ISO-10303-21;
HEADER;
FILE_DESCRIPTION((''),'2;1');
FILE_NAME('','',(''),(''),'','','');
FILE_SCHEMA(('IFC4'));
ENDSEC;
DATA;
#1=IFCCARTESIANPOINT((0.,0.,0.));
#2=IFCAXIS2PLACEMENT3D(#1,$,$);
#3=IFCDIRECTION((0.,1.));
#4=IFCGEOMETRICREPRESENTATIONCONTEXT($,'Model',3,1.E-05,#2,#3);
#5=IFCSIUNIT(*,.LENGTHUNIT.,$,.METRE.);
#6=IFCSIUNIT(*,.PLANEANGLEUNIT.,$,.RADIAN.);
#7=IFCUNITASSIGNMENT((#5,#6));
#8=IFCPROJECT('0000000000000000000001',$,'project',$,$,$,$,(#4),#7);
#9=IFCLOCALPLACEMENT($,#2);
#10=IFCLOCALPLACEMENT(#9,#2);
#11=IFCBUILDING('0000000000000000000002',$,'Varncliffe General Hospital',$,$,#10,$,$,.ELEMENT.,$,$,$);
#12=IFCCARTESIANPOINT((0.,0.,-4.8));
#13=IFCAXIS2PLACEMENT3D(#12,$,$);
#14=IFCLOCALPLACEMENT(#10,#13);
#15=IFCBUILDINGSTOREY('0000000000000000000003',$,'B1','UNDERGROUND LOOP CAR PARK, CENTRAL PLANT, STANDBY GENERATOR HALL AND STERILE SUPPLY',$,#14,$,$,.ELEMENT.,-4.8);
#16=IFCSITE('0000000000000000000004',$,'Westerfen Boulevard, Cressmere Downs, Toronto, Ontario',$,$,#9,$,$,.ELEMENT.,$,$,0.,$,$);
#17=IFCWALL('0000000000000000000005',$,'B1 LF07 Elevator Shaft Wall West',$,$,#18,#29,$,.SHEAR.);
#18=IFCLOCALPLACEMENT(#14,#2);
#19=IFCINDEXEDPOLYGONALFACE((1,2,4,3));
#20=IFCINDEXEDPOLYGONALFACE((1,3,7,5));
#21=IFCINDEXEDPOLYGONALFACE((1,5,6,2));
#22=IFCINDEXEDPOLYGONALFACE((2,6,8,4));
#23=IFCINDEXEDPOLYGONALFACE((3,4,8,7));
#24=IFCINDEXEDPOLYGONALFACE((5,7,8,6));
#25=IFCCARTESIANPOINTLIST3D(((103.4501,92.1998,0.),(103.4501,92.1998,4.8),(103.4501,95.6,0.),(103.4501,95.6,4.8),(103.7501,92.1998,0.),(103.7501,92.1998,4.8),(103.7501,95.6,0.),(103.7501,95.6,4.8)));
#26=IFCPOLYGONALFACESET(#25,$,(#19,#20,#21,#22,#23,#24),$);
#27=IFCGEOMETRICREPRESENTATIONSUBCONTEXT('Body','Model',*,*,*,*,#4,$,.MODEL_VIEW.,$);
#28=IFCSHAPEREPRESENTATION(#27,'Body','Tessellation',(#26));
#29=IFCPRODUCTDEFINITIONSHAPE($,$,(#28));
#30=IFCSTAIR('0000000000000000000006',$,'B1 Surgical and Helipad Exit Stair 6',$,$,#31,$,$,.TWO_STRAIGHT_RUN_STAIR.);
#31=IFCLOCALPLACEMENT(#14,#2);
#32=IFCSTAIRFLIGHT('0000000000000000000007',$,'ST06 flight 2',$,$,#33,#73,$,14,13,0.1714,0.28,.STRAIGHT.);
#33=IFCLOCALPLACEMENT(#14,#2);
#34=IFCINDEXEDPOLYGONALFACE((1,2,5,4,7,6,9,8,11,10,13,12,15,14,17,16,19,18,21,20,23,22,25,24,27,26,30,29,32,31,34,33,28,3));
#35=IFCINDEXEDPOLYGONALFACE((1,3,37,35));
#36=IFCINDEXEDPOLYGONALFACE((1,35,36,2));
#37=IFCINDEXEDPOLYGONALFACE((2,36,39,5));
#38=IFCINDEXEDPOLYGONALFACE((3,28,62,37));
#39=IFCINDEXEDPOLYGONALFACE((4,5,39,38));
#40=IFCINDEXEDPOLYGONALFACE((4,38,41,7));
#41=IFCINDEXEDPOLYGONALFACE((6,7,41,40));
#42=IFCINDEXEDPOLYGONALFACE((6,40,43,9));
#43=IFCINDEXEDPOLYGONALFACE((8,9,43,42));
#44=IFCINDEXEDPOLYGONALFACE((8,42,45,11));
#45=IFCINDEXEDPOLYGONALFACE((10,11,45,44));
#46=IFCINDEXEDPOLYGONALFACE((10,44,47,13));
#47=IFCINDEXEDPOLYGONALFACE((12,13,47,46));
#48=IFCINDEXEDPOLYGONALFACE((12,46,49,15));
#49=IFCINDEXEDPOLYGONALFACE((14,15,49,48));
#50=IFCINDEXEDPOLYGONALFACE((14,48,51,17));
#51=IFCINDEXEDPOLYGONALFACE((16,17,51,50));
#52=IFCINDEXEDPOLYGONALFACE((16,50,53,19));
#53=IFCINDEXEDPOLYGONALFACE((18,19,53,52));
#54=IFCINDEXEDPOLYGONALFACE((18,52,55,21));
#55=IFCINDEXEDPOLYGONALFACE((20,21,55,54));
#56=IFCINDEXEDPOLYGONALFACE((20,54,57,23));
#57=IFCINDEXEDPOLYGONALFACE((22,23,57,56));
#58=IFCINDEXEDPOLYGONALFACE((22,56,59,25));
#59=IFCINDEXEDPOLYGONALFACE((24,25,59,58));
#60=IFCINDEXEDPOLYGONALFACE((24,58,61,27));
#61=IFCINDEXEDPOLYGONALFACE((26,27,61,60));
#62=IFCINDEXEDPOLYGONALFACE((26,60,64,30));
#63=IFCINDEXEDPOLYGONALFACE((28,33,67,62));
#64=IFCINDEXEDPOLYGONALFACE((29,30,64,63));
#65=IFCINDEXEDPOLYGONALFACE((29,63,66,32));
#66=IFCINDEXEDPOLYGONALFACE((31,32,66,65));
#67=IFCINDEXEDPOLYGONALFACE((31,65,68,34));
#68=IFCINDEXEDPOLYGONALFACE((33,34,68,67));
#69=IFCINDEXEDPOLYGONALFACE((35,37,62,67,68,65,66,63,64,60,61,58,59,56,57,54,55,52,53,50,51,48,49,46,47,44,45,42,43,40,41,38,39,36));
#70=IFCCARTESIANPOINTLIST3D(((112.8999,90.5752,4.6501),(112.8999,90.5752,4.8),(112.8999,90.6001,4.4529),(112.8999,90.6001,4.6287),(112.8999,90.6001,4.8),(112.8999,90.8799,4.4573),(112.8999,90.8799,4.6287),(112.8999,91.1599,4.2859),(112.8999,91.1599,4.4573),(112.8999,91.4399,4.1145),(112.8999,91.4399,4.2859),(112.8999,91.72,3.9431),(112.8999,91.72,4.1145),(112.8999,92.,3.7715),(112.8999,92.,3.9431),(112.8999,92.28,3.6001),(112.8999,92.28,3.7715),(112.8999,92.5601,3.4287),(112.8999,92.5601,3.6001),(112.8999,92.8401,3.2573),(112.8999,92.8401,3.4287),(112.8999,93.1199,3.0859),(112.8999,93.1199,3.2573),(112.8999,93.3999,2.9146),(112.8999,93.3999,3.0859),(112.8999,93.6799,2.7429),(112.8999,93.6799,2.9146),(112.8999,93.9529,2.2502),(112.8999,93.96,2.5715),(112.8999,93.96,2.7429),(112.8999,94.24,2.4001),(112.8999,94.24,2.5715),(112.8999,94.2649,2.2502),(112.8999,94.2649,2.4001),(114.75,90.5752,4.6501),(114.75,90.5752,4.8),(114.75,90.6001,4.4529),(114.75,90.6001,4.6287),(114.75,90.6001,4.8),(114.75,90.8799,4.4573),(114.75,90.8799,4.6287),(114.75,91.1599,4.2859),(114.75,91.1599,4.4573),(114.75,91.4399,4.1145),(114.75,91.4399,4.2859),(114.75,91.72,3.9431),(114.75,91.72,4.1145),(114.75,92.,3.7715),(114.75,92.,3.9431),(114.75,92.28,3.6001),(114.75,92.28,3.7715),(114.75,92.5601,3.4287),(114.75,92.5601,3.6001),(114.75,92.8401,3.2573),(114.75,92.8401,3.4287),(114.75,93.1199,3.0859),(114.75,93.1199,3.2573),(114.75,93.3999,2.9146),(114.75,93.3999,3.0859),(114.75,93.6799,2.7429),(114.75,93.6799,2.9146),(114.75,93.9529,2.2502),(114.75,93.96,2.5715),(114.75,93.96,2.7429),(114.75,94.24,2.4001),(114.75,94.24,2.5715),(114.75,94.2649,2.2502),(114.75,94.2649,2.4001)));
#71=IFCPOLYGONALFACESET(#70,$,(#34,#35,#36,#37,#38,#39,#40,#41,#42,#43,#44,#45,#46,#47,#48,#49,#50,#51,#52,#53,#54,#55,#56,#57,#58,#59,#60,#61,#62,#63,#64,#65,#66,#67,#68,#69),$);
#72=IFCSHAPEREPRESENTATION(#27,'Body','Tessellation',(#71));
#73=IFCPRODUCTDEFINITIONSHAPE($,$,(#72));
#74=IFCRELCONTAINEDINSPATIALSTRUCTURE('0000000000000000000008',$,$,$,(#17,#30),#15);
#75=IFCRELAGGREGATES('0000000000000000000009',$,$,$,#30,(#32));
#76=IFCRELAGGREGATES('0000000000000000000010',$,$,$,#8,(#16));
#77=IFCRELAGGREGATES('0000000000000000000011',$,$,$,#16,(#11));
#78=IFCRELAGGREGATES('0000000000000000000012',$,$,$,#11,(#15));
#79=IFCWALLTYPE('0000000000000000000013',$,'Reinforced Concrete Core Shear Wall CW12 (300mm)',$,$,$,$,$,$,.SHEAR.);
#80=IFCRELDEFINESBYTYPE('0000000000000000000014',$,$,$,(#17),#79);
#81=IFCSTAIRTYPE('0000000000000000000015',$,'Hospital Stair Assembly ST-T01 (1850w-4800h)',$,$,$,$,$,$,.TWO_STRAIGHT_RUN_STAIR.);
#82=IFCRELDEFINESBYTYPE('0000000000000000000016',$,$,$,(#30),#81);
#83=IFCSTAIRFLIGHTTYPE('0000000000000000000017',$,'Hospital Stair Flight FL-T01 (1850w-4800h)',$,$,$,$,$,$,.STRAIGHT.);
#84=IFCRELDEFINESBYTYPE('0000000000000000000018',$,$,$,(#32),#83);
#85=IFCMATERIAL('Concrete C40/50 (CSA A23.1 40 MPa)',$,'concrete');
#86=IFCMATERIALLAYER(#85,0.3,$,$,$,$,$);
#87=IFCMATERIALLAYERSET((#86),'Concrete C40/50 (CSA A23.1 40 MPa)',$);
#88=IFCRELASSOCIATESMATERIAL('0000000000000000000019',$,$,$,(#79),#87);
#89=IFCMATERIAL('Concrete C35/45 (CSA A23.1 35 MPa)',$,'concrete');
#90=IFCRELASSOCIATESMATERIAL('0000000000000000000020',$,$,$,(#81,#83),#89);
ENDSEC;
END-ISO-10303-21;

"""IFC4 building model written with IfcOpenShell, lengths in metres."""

from ifc_helpers import new_model, si_unit, direction, frame, frame_2d, origin, place, context, subcontext, project, spatial, polyline, rectangle, outline, extrude, material, layer, layer_set, type_object, element, aggregate, save


model = new_model("IFC4")

# Units and contexts
model_context = context("Model", 3, precision=1e-05, world=origin(), true_north=direction((0.0, 1.0)))
body_context = subcontext(model_context, "Body", "Model", "MODEL_VIEW")
ifc_project = project(units=[si_unit("LENGTHUNIT", "METRE"), si_unit("PLANEANGLEUNIT", "RADIAN")], contexts=[model_context])

# Site, building, storey
site_placement = place(None, origin())
site = spatial("IfcSite", under=ifc_project, at=site_placement, Name="Westerfen Boulevard, Cressmere Downs, Toronto, Ontario", CompositionType="ELEMENT", RefElevation=0.0)
building_placement = place(site_placement, origin())
building = spatial("IfcBuilding", under=site, at=building_placement, Name="Varncliffe General Hospital", CompositionType="ELEMENT")
storey_placement = place(building_placement, frame((0.0, 0.0, -4.8)))
storey = spatial("IfcBuildingStorey", under=building, at=storey_placement, Name="B1", Description="UNDERGROUND LOOP CAR PARK, CENTRAL PLANT, STANDBY GENERATOR HALL AND STERILE SUPPLY", CompositionType="ELEMENT", Elevation=-4.8)

# Shared definitions
ifc_material_1 = material(Name="Concrete C40/50 (CSA A23.1 40 MPa)", Category="concrete")

# Shared definitions
ifc_material_2 = material(Name="Concrete C35/45 (CSA A23.1 35 MPa)", Category="concrete")

# Shared definitions
ifc_layer = layer(ifc_material_1, 0.3)
ifc_layer_set = layer_set([ifc_layer], Name="Concrete C40/50 (CSA A23.1 40 MPa)")
wall_type = type_object("IfcWallType", Name="Reinforced Concrete Core Shear Wall CW12 (300mm)", PredefinedType="SHEAR", material=ifc_layer_set)

# Wall
wall_1_placement = place(storey_placement, frame((103.6001, 95.6001, 0.0), z_axis=(0.0, 0.0, 1.0), x_axis=(0.0, -1.0, 0.0)))
element("IfcWall", 1, at=wall_1_placement, inside=storey, type_object=wall_type, Name="B1 LF07 Elevator Shaft Wall West", PredefinedType="SHEAR", context=body_context, shape_type="SweptSolid", body=[
    extrude(rectangle(XDim=3.4001, YDim=0.3, at=frame_2d((1.7002, 0.0))), origin(), (0.0, 0.0, 1.0), 4.8),
])

# Stair, stair flight
stair_type = type_object("IfcStairType", Name="Hospital Stair Assembly ST-T01 (1850w-4800h)", PredefinedType="TWO_STRAIGHT_RUN_STAIR", material=ifc_material_2)
stair_placement = place(storey_placement, origin())
stair = element("IfcStair", 2, at=stair_placement, inside=storey, type_object=stair_type, Name="B1 Surgical and Helipad Exit Stair 6", PredefinedType="TWO_STRAIGHT_RUN_STAIR")
stair_flight_type = type_object("IfcStairFlightType", Name="Hospital Stair Flight FL-T01 (1850w-4800h)", PredefinedType="STRAIGHT", material=ifc_material_2)
stair_flight_placement = place(storey_placement, frame((113.825, 94.24, 2.4001), z_axis=(0.0, 0.0, 1.0), x_axis=(0.0, -1.0, 0.0)))
stair_flight = element("IfcStairFlight", 3, at=stair_flight_placement, type_object=stair_flight_type, Name="ST06 flight 2", NumberOfRisers=14, NumberOfTreads=13, PredefinedType="STRAIGHT", RiserHeight=0.1714, TreadLength=0.28, context=body_context, shape_type="SweptSolid", body=[
    extrude(outline(polyline([(-0.0249, -0.1499), (-0.0249, 0.0), (0.0, 0.0), (0.0, 0.1714), (0.28, 0.1714), (0.28, 0.3428), (0.5601, 0.3428), (0.5601, 0.5144), (0.8401, 0.5144), (0.8401, 0.6858), (1.1201, 0.6858), (1.1201, 0.8572), (1.3999, 0.8572), (1.3999, 1.0286), (1.6799, 1.0286), (1.6799, 1.2), (1.96, 1.2), (1.96, 1.3713), (2.24, 1.3713), (2.24, 1.543), (2.52, 1.543), (2.52, 1.7144), (2.8, 1.7144), (2.8, 1.8857), (3.0801, 1.8857), (3.0801, 2.0571), (3.3601, 2.0571), (3.3601, 2.2285), (3.6399, 2.2285), (3.6399, 2.3999), (3.6648, 2.3999), (3.6648, 2.25), (3.6399, 2.0527), (0.2871, -0.1499), (-0.0249, -0.1499)])), frame((0.0, 0.925, 0.0), z_axis=(0.0, -1.0, 0.0), x_axis=(1.0, 0.0, 0.0)), (0.0, 0.0, 1.0), 1.8501),
])
aggregate(stair, [stair_flight])

save(model, "model.ifc")
